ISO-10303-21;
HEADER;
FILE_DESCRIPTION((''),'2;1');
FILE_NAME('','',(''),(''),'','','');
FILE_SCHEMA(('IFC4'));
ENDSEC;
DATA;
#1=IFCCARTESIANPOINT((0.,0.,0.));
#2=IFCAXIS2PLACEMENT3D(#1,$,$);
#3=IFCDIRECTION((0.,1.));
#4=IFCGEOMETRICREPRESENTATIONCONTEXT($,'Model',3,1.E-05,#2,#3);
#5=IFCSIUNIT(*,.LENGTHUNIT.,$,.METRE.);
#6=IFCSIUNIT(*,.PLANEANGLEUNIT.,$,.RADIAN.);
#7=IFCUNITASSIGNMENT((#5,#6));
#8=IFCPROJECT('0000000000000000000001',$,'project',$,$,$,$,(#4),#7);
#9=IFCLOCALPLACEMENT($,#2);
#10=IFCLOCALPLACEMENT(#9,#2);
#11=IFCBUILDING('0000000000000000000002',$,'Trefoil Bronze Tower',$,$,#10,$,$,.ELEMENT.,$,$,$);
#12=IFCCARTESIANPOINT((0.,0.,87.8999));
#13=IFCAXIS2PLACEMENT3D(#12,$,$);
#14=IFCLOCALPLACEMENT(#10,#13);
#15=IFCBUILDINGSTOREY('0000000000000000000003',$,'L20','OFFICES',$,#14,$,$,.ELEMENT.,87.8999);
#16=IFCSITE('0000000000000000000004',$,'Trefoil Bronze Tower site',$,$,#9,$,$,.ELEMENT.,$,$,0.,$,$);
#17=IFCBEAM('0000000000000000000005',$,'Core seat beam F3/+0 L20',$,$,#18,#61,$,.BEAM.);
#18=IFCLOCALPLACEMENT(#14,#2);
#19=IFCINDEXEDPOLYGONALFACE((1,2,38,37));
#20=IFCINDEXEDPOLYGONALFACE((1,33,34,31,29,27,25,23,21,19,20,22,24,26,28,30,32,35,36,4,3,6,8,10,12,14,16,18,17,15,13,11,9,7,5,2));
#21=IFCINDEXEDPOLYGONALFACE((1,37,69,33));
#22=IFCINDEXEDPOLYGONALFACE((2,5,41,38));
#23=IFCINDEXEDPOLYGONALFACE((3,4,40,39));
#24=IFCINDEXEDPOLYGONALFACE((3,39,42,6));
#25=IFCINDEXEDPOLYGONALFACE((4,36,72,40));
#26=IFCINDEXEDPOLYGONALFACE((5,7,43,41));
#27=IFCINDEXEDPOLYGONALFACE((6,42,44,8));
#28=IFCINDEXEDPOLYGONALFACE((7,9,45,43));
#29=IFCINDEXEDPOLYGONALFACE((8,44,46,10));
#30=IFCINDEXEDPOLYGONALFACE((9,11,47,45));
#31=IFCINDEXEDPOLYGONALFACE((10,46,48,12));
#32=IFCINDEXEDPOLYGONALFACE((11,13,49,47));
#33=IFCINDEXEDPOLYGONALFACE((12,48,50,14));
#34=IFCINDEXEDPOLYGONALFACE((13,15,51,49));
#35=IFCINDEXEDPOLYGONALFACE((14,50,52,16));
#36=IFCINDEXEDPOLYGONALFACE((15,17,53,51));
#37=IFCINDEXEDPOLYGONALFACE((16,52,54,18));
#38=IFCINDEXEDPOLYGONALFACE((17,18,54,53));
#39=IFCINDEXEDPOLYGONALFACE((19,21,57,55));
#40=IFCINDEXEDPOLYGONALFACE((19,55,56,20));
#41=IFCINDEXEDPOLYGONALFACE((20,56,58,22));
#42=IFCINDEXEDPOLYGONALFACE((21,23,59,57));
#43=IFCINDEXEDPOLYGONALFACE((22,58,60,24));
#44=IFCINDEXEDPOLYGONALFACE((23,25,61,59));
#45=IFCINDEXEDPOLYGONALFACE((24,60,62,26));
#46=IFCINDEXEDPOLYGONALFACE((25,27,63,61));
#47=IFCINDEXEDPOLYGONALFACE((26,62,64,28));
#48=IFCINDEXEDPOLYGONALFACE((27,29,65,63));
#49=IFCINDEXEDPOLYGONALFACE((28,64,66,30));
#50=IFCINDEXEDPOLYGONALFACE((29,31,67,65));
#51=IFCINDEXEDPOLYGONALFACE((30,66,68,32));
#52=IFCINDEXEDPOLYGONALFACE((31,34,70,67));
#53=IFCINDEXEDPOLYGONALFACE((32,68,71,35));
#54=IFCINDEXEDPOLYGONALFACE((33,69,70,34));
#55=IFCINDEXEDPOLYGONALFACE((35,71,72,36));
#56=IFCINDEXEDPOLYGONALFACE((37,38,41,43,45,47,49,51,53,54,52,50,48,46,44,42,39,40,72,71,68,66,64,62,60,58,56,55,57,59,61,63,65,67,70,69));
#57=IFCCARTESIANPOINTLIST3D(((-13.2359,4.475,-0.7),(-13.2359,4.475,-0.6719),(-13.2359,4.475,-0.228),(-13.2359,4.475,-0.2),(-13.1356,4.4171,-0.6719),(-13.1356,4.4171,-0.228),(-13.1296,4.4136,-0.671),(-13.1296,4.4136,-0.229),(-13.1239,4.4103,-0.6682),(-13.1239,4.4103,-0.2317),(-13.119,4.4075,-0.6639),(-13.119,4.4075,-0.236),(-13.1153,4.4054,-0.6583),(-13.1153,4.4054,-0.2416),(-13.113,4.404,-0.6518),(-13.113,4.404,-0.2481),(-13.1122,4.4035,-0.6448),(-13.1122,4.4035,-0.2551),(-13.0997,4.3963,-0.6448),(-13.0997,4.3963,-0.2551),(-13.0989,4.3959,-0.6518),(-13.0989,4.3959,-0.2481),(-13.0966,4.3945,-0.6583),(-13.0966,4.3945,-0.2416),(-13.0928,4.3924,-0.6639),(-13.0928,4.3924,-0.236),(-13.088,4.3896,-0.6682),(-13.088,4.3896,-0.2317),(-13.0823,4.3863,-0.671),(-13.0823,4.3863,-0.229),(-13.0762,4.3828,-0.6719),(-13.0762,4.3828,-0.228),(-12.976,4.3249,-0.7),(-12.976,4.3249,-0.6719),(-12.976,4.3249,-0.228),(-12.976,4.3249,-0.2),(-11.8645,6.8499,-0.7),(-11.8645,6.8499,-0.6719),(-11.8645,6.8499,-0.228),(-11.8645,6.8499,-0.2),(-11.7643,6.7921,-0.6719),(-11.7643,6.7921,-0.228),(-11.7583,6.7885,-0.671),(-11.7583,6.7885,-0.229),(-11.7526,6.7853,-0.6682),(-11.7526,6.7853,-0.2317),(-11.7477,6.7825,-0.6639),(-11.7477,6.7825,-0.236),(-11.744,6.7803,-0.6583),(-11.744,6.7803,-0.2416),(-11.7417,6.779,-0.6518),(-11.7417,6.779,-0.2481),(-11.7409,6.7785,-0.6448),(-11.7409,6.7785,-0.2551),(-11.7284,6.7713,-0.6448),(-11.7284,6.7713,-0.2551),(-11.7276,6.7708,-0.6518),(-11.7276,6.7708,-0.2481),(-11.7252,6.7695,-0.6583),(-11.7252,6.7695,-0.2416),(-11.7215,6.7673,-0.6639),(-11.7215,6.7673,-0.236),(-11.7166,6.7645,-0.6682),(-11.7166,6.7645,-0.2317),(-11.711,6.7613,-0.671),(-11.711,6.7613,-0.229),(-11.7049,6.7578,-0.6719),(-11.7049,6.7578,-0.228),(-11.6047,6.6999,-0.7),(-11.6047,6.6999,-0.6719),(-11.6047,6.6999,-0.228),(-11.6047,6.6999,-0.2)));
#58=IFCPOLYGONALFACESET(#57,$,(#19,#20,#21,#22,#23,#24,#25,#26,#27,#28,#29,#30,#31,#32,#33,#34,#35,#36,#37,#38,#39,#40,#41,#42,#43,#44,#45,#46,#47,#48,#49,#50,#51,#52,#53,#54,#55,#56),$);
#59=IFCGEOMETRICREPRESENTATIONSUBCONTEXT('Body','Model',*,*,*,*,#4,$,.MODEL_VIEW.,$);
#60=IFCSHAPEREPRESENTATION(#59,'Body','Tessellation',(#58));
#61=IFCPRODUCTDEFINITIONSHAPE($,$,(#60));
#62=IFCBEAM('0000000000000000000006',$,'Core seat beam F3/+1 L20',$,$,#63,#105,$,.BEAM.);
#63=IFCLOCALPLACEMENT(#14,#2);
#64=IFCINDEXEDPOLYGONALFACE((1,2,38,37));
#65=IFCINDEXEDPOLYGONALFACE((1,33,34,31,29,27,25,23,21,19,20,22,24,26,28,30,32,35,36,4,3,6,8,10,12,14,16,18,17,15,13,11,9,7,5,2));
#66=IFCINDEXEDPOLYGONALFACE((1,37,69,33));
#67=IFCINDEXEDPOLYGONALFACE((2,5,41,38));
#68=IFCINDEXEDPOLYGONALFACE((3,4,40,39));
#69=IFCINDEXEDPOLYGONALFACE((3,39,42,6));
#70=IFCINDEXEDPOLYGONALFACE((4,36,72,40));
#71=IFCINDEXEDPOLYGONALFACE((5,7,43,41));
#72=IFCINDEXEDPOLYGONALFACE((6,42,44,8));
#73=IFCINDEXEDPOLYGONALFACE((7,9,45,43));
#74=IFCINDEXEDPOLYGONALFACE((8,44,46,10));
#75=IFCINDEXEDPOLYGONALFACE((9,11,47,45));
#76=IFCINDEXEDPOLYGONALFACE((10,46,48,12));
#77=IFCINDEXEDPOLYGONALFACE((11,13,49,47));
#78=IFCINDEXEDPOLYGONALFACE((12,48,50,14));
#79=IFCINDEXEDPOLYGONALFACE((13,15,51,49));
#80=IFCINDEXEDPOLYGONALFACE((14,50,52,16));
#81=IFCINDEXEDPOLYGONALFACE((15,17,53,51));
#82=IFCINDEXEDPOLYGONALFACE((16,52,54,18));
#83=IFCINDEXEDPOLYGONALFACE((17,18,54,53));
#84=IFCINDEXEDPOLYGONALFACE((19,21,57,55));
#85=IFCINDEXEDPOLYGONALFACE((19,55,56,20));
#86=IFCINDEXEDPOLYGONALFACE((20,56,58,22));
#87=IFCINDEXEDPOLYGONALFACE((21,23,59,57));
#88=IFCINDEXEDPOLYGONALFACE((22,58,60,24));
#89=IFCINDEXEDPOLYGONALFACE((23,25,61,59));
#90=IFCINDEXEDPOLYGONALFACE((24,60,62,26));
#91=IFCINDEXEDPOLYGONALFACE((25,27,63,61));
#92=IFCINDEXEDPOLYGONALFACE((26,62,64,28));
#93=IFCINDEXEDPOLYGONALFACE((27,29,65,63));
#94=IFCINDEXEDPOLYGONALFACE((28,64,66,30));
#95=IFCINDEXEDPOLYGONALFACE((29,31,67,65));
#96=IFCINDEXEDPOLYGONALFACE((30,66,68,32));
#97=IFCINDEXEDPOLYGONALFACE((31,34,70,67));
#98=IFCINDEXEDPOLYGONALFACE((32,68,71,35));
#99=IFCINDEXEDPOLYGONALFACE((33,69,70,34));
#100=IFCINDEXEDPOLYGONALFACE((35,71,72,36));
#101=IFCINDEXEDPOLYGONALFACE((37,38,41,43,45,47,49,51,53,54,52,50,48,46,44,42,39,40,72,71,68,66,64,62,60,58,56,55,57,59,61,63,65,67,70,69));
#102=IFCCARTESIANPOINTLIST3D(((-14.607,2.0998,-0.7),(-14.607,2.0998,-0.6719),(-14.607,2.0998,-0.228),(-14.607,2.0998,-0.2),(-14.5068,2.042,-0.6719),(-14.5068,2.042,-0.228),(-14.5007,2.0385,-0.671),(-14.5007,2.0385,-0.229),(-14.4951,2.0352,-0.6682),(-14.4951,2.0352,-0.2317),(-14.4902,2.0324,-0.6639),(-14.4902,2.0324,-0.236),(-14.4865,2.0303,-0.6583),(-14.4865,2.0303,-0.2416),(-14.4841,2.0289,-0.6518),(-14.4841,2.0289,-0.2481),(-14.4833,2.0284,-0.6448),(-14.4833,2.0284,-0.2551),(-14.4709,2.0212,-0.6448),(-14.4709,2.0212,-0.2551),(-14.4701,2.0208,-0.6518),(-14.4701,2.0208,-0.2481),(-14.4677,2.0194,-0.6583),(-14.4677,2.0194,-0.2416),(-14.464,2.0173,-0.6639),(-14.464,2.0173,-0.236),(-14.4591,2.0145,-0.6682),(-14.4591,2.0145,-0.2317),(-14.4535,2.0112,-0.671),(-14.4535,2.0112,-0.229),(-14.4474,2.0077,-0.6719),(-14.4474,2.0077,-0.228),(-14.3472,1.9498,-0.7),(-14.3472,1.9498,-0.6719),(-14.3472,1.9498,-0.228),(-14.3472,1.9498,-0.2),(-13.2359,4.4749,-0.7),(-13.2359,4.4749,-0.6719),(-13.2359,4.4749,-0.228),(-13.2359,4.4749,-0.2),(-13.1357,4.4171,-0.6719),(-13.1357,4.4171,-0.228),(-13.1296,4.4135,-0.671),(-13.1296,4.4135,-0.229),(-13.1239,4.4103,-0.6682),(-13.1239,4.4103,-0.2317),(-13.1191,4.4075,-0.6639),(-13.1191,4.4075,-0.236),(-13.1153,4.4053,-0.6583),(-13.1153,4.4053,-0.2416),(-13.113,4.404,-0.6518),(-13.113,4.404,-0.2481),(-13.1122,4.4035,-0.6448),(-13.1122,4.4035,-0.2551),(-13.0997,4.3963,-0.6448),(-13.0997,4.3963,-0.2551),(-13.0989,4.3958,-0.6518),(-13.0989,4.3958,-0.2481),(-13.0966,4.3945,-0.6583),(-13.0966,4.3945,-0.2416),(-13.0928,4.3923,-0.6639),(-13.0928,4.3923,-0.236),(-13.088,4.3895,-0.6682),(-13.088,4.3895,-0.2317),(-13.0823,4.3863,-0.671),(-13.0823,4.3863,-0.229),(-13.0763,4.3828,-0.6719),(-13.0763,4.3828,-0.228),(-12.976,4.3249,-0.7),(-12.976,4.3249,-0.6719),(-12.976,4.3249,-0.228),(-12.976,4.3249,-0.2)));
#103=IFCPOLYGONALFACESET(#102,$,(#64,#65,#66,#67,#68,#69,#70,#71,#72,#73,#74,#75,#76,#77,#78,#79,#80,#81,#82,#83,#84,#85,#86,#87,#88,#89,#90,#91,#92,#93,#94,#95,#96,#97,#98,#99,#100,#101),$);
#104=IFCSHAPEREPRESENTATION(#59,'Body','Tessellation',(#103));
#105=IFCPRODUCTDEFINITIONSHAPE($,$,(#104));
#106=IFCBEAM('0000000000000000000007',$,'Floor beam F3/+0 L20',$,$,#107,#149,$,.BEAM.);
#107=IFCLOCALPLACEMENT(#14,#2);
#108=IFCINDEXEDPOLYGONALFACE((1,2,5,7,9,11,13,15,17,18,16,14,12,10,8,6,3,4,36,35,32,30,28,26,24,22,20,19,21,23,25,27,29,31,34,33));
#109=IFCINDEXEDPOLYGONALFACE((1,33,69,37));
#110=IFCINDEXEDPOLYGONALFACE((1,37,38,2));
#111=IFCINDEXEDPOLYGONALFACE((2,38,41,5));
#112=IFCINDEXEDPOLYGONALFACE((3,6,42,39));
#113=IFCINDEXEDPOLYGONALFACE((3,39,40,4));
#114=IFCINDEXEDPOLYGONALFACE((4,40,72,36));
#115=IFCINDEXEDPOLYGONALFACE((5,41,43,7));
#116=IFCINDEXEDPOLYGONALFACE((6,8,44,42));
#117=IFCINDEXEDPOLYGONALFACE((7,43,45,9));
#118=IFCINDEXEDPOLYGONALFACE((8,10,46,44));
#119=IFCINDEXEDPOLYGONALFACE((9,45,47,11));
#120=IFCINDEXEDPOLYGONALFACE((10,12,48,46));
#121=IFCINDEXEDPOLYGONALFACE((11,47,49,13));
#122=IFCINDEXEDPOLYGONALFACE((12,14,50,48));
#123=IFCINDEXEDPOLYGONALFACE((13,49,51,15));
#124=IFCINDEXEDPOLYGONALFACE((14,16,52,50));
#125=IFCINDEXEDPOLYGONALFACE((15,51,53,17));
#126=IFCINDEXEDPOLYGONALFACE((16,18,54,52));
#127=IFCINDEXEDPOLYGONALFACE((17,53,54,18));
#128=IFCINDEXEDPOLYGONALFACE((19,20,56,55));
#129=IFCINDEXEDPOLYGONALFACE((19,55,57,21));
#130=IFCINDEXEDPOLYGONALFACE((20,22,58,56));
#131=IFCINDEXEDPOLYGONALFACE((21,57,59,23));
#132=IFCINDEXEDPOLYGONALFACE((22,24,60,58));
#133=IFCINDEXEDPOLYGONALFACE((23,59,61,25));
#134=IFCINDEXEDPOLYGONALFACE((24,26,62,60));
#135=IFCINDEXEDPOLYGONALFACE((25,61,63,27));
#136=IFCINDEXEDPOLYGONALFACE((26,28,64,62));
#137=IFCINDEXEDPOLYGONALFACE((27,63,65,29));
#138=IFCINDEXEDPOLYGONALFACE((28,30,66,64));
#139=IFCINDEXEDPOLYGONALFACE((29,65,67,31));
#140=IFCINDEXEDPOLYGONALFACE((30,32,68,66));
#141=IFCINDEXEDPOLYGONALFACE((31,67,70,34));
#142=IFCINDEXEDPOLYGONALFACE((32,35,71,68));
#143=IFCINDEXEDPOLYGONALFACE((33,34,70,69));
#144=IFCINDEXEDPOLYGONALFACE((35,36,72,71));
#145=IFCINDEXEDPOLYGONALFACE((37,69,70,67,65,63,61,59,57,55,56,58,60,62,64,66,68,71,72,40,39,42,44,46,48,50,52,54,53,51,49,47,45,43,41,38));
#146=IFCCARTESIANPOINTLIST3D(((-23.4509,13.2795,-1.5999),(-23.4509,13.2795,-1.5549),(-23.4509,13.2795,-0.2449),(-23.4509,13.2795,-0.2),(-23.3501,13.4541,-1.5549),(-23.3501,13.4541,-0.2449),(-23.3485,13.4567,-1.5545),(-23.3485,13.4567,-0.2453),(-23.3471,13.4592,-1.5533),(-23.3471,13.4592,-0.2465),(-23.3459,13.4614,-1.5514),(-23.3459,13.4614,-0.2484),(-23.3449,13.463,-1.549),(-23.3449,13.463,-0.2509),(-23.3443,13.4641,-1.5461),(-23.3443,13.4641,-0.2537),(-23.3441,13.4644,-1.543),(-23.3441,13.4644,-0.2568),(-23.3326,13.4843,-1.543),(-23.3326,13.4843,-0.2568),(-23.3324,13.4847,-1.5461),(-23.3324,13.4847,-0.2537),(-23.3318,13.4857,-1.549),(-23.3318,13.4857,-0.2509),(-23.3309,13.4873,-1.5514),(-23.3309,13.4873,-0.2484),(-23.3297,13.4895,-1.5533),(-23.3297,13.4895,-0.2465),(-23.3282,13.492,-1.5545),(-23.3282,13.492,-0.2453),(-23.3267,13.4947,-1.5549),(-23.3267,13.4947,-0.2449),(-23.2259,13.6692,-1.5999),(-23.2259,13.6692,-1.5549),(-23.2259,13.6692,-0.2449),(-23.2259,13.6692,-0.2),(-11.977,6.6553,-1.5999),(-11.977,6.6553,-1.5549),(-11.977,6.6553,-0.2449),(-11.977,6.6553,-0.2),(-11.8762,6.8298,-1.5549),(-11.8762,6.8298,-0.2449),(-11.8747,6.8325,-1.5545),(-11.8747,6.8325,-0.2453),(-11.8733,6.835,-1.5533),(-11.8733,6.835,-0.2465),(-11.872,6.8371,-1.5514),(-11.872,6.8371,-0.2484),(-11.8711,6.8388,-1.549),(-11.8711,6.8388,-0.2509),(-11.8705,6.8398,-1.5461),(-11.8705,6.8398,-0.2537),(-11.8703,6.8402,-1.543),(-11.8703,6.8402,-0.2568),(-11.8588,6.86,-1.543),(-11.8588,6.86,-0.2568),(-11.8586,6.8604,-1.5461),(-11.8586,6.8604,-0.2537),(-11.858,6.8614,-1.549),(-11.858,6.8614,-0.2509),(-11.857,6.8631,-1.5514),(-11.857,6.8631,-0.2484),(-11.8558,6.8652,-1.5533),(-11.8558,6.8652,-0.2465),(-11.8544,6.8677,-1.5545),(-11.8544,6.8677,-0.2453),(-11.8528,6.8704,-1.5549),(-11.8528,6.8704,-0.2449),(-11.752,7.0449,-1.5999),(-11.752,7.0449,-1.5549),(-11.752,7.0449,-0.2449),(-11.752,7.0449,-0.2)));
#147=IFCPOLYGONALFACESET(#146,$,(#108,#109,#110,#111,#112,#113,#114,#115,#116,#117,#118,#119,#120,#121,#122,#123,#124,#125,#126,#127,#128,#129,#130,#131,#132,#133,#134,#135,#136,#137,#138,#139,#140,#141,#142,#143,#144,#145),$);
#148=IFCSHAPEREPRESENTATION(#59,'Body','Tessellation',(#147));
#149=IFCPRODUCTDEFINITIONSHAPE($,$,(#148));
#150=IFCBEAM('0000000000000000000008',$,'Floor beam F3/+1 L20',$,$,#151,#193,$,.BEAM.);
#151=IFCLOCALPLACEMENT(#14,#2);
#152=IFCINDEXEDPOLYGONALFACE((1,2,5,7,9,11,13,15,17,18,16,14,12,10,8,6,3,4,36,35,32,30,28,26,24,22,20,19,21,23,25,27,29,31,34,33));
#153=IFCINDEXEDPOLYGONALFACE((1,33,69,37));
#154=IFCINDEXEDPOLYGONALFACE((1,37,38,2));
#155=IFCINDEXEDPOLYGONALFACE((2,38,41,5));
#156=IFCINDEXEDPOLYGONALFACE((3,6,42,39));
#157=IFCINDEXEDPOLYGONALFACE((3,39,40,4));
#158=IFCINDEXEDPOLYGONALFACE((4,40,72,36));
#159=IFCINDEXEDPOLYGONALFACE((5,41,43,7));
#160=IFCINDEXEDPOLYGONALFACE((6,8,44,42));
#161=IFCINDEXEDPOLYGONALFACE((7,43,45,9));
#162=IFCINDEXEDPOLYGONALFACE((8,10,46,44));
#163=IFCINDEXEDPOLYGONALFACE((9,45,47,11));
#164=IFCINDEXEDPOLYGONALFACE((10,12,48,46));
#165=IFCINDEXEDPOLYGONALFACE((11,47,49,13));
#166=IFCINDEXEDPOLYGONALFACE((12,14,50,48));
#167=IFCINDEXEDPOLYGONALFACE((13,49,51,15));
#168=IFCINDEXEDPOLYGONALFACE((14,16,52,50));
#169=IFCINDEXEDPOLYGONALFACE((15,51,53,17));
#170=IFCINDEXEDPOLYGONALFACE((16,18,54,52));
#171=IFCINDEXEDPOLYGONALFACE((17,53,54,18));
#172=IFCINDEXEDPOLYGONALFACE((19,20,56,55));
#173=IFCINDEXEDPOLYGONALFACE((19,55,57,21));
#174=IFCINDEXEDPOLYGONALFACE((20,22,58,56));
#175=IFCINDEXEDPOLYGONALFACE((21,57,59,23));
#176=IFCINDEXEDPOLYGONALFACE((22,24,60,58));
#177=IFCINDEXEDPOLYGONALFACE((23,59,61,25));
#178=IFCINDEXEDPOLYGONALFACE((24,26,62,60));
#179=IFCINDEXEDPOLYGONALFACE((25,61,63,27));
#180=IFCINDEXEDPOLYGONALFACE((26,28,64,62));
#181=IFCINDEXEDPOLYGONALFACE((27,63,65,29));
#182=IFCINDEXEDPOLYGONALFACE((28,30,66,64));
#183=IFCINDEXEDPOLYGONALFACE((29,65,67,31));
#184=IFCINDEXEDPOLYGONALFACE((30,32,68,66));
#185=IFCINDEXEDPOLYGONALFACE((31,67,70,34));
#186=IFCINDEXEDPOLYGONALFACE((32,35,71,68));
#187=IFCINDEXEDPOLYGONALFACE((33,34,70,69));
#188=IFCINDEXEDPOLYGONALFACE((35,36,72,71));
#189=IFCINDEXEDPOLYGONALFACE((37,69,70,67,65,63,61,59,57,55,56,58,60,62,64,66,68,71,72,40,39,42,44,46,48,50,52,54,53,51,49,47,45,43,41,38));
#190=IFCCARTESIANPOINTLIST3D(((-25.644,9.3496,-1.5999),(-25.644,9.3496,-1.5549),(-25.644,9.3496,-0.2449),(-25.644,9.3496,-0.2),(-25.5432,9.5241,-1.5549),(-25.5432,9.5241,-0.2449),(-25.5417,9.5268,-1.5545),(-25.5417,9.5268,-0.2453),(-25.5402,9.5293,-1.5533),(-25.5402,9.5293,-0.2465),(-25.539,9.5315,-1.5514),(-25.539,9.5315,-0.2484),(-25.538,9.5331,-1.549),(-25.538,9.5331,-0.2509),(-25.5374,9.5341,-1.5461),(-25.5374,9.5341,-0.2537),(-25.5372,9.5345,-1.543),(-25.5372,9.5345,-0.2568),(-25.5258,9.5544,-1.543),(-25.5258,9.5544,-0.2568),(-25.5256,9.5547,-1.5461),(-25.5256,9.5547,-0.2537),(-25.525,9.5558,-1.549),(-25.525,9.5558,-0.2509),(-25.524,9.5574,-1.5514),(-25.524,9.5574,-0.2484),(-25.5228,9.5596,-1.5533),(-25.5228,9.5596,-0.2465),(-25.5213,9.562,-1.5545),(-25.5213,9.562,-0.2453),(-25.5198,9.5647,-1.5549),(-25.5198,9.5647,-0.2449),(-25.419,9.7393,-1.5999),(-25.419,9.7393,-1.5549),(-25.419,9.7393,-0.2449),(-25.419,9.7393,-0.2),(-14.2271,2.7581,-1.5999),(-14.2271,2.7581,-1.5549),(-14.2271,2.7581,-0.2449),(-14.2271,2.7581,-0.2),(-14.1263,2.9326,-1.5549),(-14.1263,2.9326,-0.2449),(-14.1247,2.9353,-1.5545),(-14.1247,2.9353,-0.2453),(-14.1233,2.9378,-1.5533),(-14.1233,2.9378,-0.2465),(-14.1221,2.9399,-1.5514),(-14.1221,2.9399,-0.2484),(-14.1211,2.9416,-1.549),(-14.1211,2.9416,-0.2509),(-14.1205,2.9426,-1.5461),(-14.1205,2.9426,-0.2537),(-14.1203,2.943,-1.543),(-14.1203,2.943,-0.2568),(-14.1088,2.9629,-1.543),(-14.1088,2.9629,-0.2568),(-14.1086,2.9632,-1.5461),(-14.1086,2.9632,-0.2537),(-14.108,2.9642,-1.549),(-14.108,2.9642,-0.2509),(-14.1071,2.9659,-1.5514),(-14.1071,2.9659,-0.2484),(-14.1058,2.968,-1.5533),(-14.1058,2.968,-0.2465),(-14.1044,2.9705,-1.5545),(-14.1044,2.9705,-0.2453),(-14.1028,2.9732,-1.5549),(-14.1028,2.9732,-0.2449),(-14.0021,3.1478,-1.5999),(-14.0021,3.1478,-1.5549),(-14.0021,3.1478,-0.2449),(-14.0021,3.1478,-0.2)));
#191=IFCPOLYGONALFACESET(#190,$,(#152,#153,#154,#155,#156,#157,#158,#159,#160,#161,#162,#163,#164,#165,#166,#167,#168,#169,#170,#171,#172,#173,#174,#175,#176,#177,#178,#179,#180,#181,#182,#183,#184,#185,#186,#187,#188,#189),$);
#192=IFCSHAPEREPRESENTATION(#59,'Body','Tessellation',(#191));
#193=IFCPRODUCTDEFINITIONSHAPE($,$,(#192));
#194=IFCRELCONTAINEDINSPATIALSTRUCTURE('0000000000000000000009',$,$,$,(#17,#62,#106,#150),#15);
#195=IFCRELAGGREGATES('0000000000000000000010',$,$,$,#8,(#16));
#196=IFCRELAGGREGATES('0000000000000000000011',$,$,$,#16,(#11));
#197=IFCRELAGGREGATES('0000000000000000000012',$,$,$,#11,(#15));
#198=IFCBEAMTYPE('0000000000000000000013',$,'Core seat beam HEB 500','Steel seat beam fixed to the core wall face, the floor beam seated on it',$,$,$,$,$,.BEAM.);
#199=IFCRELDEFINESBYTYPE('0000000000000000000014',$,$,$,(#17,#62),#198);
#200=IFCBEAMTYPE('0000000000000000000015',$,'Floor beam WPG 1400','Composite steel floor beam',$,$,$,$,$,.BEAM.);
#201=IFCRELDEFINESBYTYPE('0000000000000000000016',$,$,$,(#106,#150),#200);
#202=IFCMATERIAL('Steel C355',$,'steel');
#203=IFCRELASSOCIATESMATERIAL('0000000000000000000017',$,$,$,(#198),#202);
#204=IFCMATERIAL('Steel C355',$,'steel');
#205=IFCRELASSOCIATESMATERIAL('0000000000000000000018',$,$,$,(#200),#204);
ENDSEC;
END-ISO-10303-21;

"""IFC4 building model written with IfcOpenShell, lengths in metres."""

from ifc_helpers import new_model, si_unit, direction, frame, origin, origin_2d, place, context, subcontext, project, spatial, i_section, extrude, material, material_profile, profile_set, type_object, element, save


model = new_model("IFC4")

# Units and contexts
model_context = context("Model", 3, precision=1e-05, world=origin(), true_north=direction((0.0, 1.0)))
body_context = subcontext(model_context, "Body", "Model", "MODEL_VIEW")
ifc_project = project(units=[si_unit("LENGTHUNIT", "METRE"), si_unit("PLANEANGLEUNIT", "RADIAN")], contexts=[model_context])

# Site, building, storey
site_placement = place(None, origin())
site = spatial("IfcSite", under=ifc_project, at=site_placement, Name="Trefoil Bronze Tower site", CompositionType="ELEMENT", RefElevation=0.0)
building_placement = place(site_placement, origin())
building = spatial("IfcBuilding", under=site, at=building_placement, Name="Trefoil Bronze Tower", CompositionType="ELEMENT")
storey_placement = place(building_placement, frame((0.0, 0.0, 87.8999)))
storey = spatial("IfcBuildingStorey", under=building, at=storey_placement, Name="L20", Description="OFFICES", CompositionType="ELEMENT", Elevation=87.8999)

# Beams
ifc_material_1 = material(Name="Steel C355", Category="steel")
ifc_material_profile_1 = material_profile(ifc_material_1, i_section(OverallWidth=0.3, OverallDepth=0.5, WebThickness=0.0144, FlangeThickness=0.0281, FilletRadius=0.0271, at=origin_2d()), Name="HEB 500")
ifc_profile_set_1 = profile_set([ifc_material_profile_1], Name="Steel C355")
beam_type_1 = type_object("IfcBeamType", Name="Core seat beam HEB 500", Description="Steel seat beam fixed to the core wall face, the floor beam seated on it", PredefinedType="BEAM", material=ifc_profile_set_1)
for number, where, z_axis, x_axis, name in (
    (1, (-11.7346, 6.7749, -0.45), (-0.500036, -0.866005, 0.0), (0.866005, -0.500036, 0.0), "Core seat beam F3/+0 L20"),
    (2, (-13.106, 4.3999, -0.45), (-0.499969, -0.866043, 0.0), (0.866043, -0.499969, 0.0), "Core seat beam F3/+1 L20"),
):
    element("IfcBeam", number, at=place(storey_placement, frame(where, z_axis=z_axis, x_axis=x_axis)), inside=storey, type_object=beam_type_1, Name=name, PredefinedType="BEAM", context=body_context, shape_type="SweptSolid", body=[
        extrude(i_section(OverallWidth=0.3, OverallDepth=0.5, WebThickness=0.0144, FlangeThickness=0.0281, FilletRadius=0.0271, at=origin_2d()), origin(), (0.0, 0.0, 1.0), 2.7424),
    ])
ifc_material_2 = material(Name="Steel C355", Category="steel")
ifc_material_profile_2 = material_profile(ifc_material_2, i_section(OverallWidth=0.45, OverallDepth=1.3999, WebThickness=0.0229, FlangeThickness=0.0449, FilletRadius=0.012, at=origin_2d()), Name="WPG 1400")
ifc_profile_set_2 = profile_set([ifc_material_profile_2], Name="Steel C355")
beam_type_2 = type_object("IfcBeamType", Name="Floor beam WPG 1400", Description="Composite steel floor beam", PredefinedType="BEAM", material=ifc_profile_set_2)
beam_1_placement = place(storey_placement, frame((-23.3384, 13.4744, -0.8999), z_axis=(0.866031, -0.49999, 0.0), x_axis=(0.49999, 0.866031, 0.0)))
element("IfcBeam", 3, at=beam_1_placement, inside=storey, type_object=beam_type_2, Name="Floor beam F3/+0 L20", PredefinedType="BEAM", context=body_context, shape_type="SweptSolid", body=[
    extrude(i_section(OverallWidth=0.45, OverallDepth=1.3999, WebThickness=0.0229, FlangeThickness=0.0449, FilletRadius=0.012, at=origin_2d()), origin(), (0.0, 0.0, 1.0), 13.2488),
])
beam_2_placement = place(storey_placement, frame((-25.5315, 9.5444, -0.8999), z_axis=(0.866027, -0.499997, 0.0), x_axis=(0.499997, 0.866027, 0.0)))
element("IfcBeam", 4, at=beam_2_placement, inside=storey, type_object=beam_type_2, Name="Floor beam F3/+1 L20", PredefinedType="BEAM", context=body_context, shape_type="SweptSolid", body=[
    extrude(i_section(OverallWidth=0.45, OverallDepth=1.3999, WebThickness=0.0229, FlangeThickness=0.0449, FilletRadius=0.012, at=origin_2d()), origin(), (0.0, 0.0, 1.0), 13.1831),
])

save(model, "model.ifc")
